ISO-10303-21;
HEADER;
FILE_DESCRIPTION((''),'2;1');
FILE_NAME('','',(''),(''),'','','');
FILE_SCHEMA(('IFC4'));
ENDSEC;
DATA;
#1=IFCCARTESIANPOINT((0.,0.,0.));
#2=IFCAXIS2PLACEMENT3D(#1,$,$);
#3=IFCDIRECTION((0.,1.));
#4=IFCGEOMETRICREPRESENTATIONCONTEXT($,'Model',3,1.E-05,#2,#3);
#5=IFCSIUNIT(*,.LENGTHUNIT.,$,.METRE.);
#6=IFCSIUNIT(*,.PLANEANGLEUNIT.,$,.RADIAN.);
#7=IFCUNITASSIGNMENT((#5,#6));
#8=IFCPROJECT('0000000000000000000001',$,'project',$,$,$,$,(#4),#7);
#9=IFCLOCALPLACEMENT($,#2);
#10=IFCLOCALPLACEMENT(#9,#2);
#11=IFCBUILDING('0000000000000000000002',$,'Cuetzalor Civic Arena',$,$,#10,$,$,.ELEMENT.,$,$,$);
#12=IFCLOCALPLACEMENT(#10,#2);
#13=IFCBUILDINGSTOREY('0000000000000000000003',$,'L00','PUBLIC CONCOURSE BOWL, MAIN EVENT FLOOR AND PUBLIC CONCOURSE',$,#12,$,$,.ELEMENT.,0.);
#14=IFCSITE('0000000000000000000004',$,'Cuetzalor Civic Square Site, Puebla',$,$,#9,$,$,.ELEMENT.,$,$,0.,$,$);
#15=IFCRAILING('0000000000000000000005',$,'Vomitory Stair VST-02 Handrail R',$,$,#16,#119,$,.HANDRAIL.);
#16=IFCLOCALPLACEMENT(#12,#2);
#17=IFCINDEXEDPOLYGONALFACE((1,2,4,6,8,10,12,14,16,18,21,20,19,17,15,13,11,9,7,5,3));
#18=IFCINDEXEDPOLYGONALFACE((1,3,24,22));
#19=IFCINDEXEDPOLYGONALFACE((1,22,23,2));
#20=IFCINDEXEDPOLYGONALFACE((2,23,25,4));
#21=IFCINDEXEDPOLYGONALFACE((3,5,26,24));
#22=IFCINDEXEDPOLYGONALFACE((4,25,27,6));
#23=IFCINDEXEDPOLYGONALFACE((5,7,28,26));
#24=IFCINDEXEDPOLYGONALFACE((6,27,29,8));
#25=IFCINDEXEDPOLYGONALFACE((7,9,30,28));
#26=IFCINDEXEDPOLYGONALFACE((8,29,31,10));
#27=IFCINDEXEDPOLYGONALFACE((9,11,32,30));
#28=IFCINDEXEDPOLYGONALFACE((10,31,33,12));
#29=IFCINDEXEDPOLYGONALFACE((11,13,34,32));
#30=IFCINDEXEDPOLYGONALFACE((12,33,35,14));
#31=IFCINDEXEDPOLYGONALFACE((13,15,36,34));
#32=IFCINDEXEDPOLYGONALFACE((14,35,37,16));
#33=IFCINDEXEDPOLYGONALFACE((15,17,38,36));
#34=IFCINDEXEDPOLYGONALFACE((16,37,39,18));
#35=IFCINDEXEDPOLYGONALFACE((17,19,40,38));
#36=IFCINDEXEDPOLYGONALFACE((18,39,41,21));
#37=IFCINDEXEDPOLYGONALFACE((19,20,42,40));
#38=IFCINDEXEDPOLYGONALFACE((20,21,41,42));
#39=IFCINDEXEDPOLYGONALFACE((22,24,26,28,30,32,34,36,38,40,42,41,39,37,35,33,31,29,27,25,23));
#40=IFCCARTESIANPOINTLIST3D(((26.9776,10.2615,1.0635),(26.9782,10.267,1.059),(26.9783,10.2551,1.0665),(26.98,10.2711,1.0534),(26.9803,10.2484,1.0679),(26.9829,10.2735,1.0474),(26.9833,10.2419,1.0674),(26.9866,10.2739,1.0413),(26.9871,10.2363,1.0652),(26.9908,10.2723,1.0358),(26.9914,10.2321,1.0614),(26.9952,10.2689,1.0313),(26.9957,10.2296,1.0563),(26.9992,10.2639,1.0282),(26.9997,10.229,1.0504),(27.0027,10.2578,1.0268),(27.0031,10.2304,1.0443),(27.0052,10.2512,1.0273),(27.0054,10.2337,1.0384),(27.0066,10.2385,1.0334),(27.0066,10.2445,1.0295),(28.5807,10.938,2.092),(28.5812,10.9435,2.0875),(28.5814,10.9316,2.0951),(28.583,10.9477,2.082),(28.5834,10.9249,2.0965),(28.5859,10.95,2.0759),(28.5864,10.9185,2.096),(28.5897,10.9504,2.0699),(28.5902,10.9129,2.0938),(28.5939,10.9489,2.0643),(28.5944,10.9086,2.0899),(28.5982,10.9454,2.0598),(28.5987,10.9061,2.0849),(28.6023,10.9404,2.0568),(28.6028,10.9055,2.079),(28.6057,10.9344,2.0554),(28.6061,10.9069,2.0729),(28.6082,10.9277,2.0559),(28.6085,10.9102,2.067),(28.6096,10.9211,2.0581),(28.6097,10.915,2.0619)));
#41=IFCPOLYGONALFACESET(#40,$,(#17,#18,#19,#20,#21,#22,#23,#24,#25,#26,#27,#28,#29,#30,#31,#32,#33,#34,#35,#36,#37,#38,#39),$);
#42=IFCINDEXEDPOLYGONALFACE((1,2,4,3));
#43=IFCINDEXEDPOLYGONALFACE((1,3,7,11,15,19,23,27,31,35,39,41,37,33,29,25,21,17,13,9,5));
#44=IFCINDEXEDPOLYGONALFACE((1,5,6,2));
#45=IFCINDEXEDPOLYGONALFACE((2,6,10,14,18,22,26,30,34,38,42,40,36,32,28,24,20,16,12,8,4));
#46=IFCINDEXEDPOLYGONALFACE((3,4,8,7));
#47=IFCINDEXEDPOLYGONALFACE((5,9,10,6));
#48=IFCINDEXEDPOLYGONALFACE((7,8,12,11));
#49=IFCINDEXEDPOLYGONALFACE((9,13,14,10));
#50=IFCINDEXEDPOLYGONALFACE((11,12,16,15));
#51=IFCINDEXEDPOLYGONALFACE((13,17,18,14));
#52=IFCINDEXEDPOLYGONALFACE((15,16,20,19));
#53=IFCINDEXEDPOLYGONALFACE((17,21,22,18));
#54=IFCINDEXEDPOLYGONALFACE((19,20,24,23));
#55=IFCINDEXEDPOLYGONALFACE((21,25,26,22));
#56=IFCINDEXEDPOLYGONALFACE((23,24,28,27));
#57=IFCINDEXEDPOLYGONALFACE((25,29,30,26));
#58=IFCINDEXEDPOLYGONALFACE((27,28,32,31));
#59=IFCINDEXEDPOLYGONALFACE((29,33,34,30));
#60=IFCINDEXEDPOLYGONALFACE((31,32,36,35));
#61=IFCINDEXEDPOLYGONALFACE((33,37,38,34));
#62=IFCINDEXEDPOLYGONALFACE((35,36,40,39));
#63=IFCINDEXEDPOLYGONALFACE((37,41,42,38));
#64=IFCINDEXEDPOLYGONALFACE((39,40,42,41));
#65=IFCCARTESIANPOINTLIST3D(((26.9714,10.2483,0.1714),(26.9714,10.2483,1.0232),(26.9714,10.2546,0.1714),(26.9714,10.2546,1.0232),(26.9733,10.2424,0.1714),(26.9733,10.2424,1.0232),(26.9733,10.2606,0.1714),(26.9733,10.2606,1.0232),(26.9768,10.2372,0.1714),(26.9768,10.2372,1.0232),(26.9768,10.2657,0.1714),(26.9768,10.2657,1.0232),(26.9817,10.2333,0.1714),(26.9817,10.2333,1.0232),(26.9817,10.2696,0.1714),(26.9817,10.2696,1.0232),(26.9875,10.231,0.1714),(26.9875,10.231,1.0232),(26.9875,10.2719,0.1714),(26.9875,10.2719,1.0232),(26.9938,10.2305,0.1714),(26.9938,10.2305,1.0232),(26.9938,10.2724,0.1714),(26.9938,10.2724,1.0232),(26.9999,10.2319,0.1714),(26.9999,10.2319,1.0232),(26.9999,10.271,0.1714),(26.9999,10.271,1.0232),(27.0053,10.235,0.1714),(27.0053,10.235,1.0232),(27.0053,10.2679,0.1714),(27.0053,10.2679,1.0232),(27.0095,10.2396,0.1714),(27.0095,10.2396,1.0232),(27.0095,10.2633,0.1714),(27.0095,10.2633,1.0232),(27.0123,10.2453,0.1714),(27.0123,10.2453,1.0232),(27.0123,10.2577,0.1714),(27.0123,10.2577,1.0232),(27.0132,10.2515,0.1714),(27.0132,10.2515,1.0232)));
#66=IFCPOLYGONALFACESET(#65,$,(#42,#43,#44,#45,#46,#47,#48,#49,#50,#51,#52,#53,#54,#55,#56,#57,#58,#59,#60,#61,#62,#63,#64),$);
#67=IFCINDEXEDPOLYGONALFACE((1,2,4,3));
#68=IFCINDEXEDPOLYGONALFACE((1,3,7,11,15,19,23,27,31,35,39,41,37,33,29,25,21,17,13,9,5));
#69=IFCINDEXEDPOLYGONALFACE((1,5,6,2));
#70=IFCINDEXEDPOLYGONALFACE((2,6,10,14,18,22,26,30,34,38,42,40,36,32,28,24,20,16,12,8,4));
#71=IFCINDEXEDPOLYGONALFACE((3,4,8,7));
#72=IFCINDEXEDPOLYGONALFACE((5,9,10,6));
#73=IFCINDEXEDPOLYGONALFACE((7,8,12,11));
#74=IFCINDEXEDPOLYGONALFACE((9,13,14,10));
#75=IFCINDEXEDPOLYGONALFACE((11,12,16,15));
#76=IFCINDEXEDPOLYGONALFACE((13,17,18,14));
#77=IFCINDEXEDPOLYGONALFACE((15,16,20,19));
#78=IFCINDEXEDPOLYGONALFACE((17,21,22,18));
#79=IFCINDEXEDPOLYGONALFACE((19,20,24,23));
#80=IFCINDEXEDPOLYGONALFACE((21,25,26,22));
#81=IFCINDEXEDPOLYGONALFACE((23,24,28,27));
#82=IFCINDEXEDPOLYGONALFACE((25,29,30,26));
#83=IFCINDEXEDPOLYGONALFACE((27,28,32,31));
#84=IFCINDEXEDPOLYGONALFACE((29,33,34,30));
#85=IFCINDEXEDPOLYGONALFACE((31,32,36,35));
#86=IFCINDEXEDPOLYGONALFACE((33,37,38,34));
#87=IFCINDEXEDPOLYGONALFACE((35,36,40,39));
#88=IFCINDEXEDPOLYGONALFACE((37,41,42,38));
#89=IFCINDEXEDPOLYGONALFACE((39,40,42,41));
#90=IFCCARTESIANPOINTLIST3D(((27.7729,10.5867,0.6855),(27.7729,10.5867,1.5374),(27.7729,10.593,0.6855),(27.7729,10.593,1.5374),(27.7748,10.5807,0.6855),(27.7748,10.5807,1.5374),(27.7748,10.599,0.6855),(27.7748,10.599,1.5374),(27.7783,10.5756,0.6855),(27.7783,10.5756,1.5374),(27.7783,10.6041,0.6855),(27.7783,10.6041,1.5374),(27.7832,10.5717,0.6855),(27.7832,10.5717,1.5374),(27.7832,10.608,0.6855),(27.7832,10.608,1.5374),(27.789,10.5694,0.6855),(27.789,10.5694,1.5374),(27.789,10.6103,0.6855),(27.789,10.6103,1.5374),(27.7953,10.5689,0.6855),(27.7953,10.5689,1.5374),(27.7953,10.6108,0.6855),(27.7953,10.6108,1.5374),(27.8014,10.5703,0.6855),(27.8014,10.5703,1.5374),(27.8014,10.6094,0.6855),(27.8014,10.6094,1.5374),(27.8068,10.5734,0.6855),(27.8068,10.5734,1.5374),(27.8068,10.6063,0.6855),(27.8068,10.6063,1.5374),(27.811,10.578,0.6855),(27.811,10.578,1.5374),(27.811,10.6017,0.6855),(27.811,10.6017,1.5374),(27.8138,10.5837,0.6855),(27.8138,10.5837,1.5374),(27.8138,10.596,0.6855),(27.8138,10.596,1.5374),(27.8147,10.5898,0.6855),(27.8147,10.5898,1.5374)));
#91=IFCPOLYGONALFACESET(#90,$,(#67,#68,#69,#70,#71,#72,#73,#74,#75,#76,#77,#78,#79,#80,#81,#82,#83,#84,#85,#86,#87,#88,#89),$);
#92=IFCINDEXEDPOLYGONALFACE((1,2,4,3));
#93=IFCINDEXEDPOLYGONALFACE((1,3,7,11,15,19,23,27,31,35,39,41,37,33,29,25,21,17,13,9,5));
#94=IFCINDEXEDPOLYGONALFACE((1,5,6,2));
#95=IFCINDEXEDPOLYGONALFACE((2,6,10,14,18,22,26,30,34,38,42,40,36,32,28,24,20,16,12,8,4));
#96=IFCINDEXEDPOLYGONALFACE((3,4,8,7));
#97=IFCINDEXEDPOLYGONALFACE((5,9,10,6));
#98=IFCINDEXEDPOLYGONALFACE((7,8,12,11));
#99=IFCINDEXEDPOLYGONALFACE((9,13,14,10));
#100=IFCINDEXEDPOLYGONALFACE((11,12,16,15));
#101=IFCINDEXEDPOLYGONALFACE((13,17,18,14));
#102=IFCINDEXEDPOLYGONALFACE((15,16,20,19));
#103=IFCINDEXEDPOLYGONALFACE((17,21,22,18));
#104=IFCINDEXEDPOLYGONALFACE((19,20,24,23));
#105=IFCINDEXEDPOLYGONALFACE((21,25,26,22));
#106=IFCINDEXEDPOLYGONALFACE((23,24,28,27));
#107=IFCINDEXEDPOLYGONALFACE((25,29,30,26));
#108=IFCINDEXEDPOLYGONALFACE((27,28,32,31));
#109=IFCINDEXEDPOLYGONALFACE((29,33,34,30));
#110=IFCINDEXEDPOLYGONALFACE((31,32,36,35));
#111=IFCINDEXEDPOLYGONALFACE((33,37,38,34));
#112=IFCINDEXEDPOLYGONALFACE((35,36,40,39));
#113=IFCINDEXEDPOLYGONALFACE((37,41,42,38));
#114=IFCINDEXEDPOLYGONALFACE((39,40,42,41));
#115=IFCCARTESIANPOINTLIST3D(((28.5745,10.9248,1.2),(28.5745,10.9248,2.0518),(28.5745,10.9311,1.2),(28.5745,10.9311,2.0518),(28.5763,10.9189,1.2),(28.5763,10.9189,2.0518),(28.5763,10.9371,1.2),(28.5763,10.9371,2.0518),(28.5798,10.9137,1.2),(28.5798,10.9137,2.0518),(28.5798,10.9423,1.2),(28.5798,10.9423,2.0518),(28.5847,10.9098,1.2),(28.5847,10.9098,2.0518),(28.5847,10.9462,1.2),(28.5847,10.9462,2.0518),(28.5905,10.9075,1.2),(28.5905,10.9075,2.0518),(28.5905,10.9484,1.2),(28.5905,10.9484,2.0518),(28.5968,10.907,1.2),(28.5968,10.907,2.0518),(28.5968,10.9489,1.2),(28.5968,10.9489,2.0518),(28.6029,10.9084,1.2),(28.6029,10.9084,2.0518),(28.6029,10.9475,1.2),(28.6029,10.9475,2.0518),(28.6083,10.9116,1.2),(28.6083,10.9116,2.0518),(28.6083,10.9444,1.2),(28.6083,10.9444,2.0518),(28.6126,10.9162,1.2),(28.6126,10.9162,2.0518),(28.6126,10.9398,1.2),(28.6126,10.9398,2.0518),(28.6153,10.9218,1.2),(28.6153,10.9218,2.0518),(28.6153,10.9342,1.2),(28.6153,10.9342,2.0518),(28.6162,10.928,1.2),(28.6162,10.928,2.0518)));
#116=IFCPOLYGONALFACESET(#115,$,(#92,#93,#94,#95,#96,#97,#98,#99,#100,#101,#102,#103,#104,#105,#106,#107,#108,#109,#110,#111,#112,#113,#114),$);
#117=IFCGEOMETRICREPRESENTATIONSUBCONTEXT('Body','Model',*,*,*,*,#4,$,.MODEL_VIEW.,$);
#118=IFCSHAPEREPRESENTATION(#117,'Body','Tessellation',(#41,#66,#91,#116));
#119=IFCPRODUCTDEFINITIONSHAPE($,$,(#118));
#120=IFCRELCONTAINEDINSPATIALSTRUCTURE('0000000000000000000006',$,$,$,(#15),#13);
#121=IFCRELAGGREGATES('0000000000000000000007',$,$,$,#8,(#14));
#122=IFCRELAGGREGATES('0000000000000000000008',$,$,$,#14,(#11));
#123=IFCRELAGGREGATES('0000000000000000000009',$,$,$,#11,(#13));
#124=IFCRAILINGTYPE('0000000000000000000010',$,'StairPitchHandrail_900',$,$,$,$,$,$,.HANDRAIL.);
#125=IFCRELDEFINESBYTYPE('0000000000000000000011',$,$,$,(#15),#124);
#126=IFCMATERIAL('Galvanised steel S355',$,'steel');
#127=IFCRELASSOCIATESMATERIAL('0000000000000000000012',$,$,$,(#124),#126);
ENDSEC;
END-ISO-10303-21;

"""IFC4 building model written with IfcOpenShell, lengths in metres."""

from ifc_helpers import new_model, si_unit, direction, frame, origin, origin_2d, place, context, subcontext, project, spatial, circle, extrude, material, type_object, element, save


model = new_model("IFC4")

# Units and contexts
model_context = context("Model", 3, precision=1e-05, world=origin(), true_north=direction((0.0, 1.0)))
body_context = subcontext(model_context, "Body", "Model", "MODEL_VIEW")
ifc_project = project(units=[si_unit("LENGTHUNIT", "METRE"), si_unit("PLANEANGLEUNIT", "RADIAN")], contexts=[model_context])

# Site, building, storey
site_placement = place(None, origin())
site = spatial("IfcSite", under=ifc_project, at=site_placement, Name="Cuetzalor Civic Square Site, Puebla", CompositionType="ELEMENT", RefElevation=0.0)
building_placement = place(site_placement, origin())
building = spatial("IfcBuilding", under=site, at=building_placement, Name="Cuetzalor Civic Arena", CompositionType="ELEMENT")
storey_placement = place(building_placement, origin())
storey = spatial("IfcBuildingStorey", under=building, at=storey_placement, Name="L00", Description="PUBLIC CONCOURSE BOWL, MAIN EVENT FLOOR AND PUBLIC CONCOURSE", CompositionType="ELEMENT", Elevation=0.0)

# Railing
ifc_material_1 = material(Name="Galvanised steel S355", Category="steel")
railing_type_1 = type_object("IfcRailingType", Name="StairPitchHandrail_900", PredefinedType="HANDRAIL", material=ifc_material_1)
railing_1_placement = place(storey_placement, frame((26.9922, 10.2515, 0.1714)))
element("IfcRailing", 1, at=railing_1_placement, inside=storey, type_object=railing_type_1, Name="Vomitory Stair VST-02 Handrail R", PredefinedType="HANDRAIL", context=body_context, shape_type="SweptSolid", body=[
    extrude(circle(Radius=0.0239, at=origin_2d()), frame((0.0, 0.0, 0.876), z_axis=(0.793101, 0.334706, 0.508884), x_axis=(-0.388816, 0.921315, 0.0)), (0.0, 0.0, 1.0), 2.0212),
    extrude(circle(Radius=0.021, at=origin_2d()), origin(), (0.0, 0.0, 1.0), 0.8518),
    extrude(circle(Radius=0.021, at=origin_2d()), frame((0.8015, 0.3384, 0.5142)), (0.0, 0.0, 1.0), 0.8518),
    extrude(circle(Radius=0.021, at=origin_2d()), frame((1.603, 0.6765, 1.0286)), (0.0, 0.0, 1.0), 0.8518),
])

save(model, "model.ifc")
